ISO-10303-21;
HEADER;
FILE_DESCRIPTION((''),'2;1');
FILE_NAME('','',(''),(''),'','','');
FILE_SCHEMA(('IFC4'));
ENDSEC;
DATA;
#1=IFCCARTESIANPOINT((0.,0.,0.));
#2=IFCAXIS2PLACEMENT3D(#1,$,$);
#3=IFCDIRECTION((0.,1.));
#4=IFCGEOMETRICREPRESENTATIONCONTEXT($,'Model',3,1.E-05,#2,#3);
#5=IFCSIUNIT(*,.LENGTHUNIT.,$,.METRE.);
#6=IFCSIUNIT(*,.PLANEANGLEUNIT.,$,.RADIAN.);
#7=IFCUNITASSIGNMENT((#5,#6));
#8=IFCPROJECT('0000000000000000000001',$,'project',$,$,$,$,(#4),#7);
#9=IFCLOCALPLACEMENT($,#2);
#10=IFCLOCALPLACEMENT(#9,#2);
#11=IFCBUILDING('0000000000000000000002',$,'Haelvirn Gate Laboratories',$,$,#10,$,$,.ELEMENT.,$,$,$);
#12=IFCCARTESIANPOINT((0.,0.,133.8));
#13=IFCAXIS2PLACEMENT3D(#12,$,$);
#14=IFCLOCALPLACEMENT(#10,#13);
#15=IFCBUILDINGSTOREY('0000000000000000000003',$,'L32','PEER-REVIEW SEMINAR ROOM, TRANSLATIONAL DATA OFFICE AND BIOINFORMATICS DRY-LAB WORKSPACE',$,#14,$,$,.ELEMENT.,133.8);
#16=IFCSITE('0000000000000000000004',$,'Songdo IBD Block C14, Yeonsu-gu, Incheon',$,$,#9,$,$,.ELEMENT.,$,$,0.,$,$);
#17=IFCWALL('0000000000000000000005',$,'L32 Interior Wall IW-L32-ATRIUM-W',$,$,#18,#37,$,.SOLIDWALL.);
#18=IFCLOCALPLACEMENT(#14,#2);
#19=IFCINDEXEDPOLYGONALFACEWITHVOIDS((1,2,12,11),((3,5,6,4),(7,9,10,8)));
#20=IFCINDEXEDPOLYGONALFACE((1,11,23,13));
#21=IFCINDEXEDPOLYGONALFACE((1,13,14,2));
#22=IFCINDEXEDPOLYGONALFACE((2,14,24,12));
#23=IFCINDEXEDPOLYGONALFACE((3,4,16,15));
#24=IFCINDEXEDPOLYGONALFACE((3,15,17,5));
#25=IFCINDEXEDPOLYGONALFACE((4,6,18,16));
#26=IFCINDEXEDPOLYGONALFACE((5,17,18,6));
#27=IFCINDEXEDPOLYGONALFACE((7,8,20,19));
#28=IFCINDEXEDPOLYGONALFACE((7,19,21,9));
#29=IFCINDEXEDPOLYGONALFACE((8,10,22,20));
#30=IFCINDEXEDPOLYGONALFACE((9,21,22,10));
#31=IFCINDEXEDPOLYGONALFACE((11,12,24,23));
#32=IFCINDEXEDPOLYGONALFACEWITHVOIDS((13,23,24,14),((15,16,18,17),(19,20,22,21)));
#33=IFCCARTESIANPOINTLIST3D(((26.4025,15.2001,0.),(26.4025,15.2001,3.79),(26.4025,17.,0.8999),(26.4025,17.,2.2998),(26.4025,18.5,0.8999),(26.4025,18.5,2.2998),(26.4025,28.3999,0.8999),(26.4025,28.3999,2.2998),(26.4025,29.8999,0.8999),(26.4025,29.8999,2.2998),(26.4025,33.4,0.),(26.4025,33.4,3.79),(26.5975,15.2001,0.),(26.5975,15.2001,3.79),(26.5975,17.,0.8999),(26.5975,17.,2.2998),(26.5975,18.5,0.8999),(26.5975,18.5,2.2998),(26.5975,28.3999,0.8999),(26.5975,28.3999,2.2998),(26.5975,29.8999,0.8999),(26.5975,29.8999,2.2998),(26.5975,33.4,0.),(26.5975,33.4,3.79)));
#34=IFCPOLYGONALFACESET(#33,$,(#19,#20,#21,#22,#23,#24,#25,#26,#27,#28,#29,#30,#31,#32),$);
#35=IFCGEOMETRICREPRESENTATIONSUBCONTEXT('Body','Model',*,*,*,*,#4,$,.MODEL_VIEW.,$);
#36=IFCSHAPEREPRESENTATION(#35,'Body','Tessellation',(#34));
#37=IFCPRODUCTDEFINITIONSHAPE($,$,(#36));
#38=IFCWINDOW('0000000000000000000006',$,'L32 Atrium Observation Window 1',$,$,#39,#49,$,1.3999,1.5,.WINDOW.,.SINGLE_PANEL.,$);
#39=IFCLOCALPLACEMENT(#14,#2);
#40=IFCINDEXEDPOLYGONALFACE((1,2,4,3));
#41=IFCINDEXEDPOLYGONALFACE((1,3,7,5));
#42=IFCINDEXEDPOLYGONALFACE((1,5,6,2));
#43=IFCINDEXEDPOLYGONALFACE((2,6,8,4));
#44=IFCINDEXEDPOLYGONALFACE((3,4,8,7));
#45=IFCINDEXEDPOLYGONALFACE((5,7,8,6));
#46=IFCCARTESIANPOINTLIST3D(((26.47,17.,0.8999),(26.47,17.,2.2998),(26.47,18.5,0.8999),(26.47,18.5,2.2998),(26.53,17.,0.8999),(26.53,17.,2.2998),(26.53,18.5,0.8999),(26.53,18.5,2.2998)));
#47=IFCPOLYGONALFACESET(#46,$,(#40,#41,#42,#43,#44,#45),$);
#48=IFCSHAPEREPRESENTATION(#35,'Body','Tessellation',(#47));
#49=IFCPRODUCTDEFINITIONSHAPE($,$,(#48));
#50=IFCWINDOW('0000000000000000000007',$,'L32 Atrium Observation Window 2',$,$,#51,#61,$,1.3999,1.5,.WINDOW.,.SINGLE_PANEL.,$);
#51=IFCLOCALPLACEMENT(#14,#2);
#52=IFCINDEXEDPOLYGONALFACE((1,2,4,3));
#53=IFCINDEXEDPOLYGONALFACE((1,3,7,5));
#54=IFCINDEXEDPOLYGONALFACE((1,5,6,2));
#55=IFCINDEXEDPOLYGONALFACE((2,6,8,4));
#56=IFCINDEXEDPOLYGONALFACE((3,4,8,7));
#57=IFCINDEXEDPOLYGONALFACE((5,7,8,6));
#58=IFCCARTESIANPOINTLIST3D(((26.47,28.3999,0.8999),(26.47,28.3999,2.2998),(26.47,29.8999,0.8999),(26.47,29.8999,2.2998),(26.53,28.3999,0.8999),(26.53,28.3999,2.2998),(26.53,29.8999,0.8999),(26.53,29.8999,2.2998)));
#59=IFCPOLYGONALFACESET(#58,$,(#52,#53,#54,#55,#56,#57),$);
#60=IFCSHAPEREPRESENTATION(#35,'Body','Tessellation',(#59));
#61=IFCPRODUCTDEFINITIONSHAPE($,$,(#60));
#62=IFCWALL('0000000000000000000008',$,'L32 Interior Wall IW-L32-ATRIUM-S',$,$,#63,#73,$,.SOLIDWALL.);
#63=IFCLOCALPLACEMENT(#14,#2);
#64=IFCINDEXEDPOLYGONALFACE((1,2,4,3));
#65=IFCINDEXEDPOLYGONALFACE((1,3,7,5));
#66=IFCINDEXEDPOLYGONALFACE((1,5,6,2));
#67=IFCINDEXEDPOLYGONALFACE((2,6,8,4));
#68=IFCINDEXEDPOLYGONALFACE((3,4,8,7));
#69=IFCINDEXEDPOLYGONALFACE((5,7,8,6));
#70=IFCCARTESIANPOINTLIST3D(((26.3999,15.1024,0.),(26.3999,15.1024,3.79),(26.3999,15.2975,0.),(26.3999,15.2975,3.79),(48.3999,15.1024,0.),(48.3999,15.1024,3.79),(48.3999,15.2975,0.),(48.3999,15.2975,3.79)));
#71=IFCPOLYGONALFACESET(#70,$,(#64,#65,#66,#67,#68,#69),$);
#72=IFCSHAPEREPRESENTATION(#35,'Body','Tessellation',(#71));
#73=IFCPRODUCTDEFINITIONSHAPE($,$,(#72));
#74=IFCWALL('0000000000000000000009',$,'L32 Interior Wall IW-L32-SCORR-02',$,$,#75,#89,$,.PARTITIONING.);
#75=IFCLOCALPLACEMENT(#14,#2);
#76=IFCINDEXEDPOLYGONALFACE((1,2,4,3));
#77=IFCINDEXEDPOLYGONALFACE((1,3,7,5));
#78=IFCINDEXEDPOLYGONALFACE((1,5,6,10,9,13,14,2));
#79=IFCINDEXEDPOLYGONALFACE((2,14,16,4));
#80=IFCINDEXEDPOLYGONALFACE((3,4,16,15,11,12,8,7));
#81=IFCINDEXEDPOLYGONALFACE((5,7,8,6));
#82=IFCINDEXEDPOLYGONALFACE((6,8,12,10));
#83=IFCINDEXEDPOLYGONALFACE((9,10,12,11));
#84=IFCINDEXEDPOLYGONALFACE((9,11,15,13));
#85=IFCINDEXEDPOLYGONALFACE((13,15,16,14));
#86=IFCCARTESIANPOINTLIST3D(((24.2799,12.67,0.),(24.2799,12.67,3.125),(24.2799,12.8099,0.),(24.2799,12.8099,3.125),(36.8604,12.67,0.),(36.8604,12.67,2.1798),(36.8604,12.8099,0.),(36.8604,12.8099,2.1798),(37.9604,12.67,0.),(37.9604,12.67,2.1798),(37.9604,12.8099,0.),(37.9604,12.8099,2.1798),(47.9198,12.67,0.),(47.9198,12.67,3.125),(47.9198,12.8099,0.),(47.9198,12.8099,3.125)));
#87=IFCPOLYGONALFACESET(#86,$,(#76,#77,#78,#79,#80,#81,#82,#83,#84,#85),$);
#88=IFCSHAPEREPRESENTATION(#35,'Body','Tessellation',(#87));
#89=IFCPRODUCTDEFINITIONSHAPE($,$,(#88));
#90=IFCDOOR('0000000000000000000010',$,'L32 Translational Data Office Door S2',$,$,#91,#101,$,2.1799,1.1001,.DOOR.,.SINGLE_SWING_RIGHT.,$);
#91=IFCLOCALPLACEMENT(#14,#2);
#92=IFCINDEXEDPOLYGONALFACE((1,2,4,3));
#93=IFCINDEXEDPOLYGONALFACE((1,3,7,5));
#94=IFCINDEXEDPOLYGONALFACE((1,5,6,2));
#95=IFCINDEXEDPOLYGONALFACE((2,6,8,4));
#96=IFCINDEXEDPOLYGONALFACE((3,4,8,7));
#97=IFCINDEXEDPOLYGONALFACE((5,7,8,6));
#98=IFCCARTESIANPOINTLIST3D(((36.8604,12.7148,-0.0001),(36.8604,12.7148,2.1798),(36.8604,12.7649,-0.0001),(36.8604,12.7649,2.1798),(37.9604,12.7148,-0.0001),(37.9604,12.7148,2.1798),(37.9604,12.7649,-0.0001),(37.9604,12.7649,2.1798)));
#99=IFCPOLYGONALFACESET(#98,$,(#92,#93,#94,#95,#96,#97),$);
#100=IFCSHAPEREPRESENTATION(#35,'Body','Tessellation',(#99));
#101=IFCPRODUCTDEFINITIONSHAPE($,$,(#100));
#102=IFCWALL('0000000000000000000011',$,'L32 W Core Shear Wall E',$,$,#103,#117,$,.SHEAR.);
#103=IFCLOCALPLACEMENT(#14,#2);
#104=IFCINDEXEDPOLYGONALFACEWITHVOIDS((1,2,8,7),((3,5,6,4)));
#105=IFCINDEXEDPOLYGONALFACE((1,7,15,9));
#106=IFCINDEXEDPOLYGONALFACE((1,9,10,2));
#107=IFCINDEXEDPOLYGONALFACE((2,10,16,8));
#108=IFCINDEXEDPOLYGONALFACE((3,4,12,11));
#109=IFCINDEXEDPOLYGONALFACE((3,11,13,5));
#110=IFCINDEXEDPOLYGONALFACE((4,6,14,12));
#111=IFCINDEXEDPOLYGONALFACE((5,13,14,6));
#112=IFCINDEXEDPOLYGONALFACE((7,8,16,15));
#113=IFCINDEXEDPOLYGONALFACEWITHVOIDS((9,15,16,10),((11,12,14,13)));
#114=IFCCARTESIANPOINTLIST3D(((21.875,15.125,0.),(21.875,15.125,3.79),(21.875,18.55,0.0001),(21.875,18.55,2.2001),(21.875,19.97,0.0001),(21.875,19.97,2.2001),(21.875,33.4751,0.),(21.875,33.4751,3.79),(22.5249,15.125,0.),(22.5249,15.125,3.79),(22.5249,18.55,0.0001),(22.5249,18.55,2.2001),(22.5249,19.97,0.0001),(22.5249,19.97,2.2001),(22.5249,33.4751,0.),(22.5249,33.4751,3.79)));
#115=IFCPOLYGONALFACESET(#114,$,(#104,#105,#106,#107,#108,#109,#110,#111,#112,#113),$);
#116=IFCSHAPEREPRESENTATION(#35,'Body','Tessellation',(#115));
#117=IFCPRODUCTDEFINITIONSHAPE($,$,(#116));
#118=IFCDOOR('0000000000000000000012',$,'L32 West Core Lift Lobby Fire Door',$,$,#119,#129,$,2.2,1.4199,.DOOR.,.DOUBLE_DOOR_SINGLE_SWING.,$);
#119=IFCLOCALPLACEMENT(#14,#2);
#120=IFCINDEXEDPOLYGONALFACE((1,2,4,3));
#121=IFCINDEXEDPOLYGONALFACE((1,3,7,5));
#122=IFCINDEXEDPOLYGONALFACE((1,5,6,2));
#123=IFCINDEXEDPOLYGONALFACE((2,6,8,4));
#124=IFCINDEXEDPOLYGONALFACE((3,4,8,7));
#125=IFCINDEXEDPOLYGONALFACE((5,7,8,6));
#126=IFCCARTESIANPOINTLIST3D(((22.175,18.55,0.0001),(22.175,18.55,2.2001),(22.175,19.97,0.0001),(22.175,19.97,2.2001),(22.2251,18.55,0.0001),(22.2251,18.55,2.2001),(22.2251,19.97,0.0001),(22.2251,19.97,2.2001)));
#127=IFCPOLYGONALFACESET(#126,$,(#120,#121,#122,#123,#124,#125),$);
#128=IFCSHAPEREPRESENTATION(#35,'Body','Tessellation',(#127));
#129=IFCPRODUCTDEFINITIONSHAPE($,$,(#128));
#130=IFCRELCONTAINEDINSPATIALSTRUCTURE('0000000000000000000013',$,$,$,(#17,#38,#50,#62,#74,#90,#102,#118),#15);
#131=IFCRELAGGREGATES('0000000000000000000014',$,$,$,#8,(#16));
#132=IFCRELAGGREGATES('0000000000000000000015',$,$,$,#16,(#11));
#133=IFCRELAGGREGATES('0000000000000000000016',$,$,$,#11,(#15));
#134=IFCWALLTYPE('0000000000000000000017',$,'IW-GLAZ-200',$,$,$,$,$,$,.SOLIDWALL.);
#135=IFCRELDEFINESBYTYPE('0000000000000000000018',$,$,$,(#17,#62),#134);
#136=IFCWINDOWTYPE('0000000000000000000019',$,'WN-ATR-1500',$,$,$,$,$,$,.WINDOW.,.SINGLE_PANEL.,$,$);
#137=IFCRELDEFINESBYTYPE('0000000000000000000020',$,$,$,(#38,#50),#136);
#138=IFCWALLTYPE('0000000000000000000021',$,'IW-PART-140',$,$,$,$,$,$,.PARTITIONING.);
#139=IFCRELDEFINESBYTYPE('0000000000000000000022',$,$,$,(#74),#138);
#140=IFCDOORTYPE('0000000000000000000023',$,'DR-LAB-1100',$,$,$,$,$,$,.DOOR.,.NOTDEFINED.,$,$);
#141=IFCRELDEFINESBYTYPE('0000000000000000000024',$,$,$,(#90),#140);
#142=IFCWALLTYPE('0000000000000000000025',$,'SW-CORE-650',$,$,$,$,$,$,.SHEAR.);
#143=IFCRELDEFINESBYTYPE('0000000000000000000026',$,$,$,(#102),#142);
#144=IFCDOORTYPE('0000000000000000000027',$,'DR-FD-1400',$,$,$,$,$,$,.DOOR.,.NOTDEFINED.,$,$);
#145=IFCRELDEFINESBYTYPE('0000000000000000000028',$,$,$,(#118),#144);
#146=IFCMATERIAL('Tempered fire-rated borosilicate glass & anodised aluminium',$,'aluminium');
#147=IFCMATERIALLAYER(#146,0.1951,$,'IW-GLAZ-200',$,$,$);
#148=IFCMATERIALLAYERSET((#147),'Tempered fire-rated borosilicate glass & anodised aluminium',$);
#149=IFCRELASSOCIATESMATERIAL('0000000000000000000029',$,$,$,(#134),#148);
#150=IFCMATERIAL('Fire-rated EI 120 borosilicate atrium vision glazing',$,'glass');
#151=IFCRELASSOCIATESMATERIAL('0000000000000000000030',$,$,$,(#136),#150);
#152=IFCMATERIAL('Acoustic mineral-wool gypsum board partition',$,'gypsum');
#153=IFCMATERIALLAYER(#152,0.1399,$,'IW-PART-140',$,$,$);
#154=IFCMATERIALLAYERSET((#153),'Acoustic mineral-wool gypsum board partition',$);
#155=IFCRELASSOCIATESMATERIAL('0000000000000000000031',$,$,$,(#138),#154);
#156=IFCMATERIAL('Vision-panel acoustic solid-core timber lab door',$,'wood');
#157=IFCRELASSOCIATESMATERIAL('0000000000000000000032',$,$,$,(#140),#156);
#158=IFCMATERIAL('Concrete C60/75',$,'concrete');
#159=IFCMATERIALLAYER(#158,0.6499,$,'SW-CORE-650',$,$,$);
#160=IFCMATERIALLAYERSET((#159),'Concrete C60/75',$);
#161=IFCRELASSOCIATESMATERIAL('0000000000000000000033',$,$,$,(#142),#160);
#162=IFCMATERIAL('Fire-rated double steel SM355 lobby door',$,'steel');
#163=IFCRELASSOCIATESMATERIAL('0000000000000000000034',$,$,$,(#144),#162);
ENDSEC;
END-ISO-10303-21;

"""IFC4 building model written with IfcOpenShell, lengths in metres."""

from ifc_helpers import new_model, si_unit, direction, frame, frame_2d, origin, place, context, subcontext, project, spatial, rectangle, extrude, source, transform, mapped, material, layer, layer_set, type_object, type_shapes, element, fill, save


model = new_model("IFC4")

# Units and contexts
model_context = context("Model", 3, precision=1e-05, world=origin(), true_north=direction((0.0, 1.0)))
body_context = subcontext(model_context, "Body", "Model", "MODEL_VIEW")
ifc_project = project(units=[si_unit("LENGTHUNIT", "METRE"), si_unit("PLANEANGLEUNIT", "RADIAN")], contexts=[model_context])

# Site, building, storey
site_placement = place(None, origin())
site = spatial("IfcSite", under=ifc_project, at=site_placement, Name="Songdo IBD Block C14, Yeonsu-gu, Incheon", CompositionType="ELEMENT", RefElevation=0.0)
building_placement = place(site_placement, origin())
building = spatial("IfcBuilding", under=site, at=building_placement, Name="Haelvirn Gate Laboratories", CompositionType="ELEMENT")
storey_placement = place(building_placement, frame((0.0, 0.0, 133.8)))
storey = spatial("IfcBuildingStorey", under=building, at=storey_placement, Name="L32", Description="PEER-REVIEW SEMINAR ROOM, TRANSLATIONAL DATA OFFICE AND BIOINFORMATICS DRY-LAB WORKSPACE", CompositionType="ELEMENT", Elevation=133.8)

# Shared definitions
ifc_material_1 = material(Name="Concrete C60/75", Category="concrete")

# Wall, openings, windows
ifc_material_2 = material(Name="Tempered fire-rated borosilicate glass & anodised aluminium", Category="aluminium")
ifc_layer_1 = layer(ifc_material_2, 0.1951, Name="IW-GLAZ-200")
ifc_layer_set_1 = layer_set([ifc_layer_1], Name="Tempered fire-rated borosilicate glass & anodised aluminium")
wall_type_1 = type_object("IfcWallType", Name="IW-GLAZ-200", PredefinedType="SOLIDWALL", material=ifc_layer_set_1)
wall_1_placement = place(storey_placement, frame((26.5, 15.2, 0.0), z_axis=(0.0, 0.0, 1.0), x_axis=(0.0, 1.0, 0.0)))
wall_1 = element("IfcWall", 1, at=wall_1_placement, inside=storey, type_object=wall_type_1, Name="L32 Interior Wall IW-L32-ATRIUM-W", PredefinedType="SOLIDWALL", context=body_context, shape_type="SweptSolid", body=[
    extrude(rectangle(XDim=18.2, YDim=0.1951, at=frame_2d((9.1001, 0.0))), origin(), (0.0, 0.0, 1.0), 3.79),
])
opening_1_placement = place(wall_1_placement, frame((1.8, 0.0, 0.8999)))
opening_1 = element("IfcOpeningElement", 2, at=opening_1_placement, cuts=wall_1, PredefinedType="OPENING", context=body_context, shape_type="SweptSolid", body=[
    extrude(rectangle(XDim=1.5, YDim=1.3999, at=frame_2d((0.75, 0.7))), frame((0.0, 0.1074, 0.0), z_axis=(0.0, -1.0, 0.0), x_axis=(1.0, 0.0, 0.0)), (0.0, 0.0, 1.0), 0.2151),
])
opening_2_placement = place(wall_1_placement, frame((13.2, 0.0, 0.8999)))
opening_2 = element("IfcOpeningElement", 3, at=opening_2_placement, cuts=wall_1, PredefinedType="OPENING", context=body_context, shape_type="SweptSolid", body=[
    extrude(rectangle(XDim=1.5, YDim=1.3999, at=frame_2d((0.75, 0.7))), frame((0.0, 0.1074, 0.0), z_axis=(0.0, -1.0, 0.0), x_axis=(1.0, 0.0, 0.0)), (0.0, 0.0, 1.0), 0.2151),
])
ifc_material_3 = material(Name="Fire-rated EI 120 borosilicate atrium vision glazing", Category="glass")
window_type = type_object("IfcWindowType", Name="WN-ATR-1500", PartitioningType="SINGLE_PANEL", PredefinedType="WINDOW", material=ifc_material_3)
shared_shape_1 = source(origin(), body_context, "Body", "SweptSolid", [
    extrude(rectangle(XDim=1.5, YDim=1.3999, at=frame_2d((0.75, 0.7))), frame((0.0, 0.03, 0.0), z_axis=(0.0, -1.0, 0.0), x_axis=(1.0, 0.0, 0.0)), (0.0, 0.0, 1.0), 0.0601),
])
type_shapes(window_type, [shared_shape_1])
window_1_placement = place(opening_1_placement, origin())
window_1 = element("IfcWindow", 4, at=window_1_placement, inside=storey, type_object=window_type, Name="L32 Atrium Observation Window 1", OverallHeight=1.3999, OverallWidth=1.5, PartitioningType="SINGLE_PANEL", PredefinedType="WINDOW", context=body_context, shape_type="MappedRepresentation", body=[
    mapped(shared_shape_1, transform((0.0, 0.0, 0.0), scale=1.0)),
])
fill(opening_1, window_1)
window_2_placement = place(opening_2_placement, origin())
window_2 = element("IfcWindow", 5, at=window_2_placement, inside=storey, type_object=window_type, Name="L32 Atrium Observation Window 2", OverallHeight=1.3999, OverallWidth=1.5, PartitioningType="SINGLE_PANEL", PredefinedType="WINDOW", context=body_context, shape_type="MappedRepresentation", body=[
    mapped(shared_shape_1, transform((0.0, 0.0, 0.0), scale=1.0)),
])
fill(opening_2, window_2)

# Wall
wall_2_placement = place(storey_placement, frame((26.3999, 15.2, 0.0), z_axis=(0.0, 0.0, 1.0), x_axis=(1.0, 0.0, 0.0)))
element("IfcWall", 6, at=wall_2_placement, inside=storey, type_object=wall_type_1, Name="L32 Interior Wall IW-L32-ATRIUM-S", PredefinedType="SOLIDWALL", context=body_context, shape_type="SweptSolid", body=[
    extrude(rectangle(XDim=22.0, YDim=0.1951, at=frame_2d((11.0, 0.0))), origin(), (0.0, 0.0, 1.0), 3.79),
])

# Walls, openings, doors
ifc_material_4 = material(Name="Acoustic mineral-wool gypsum board partition", Category="gypsum")
ifc_layer_2 = layer(ifc_material_4, 0.1399, Name="IW-PART-140")
ifc_layer_set_2 = layer_set([ifc_layer_2], Name="Acoustic mineral-wool gypsum board partition")
wall_type_2 = type_object("IfcWallType", Name="IW-PART-140", PredefinedType="PARTITIONING", material=ifc_layer_set_2)
wall_3_placement = place(storey_placement, frame((24.28, 12.74, 0.0), z_axis=(0.0, 0.0, 1.0), x_axis=(1.0, 0.0, 0.0)))
wall_3 = element("IfcWall", 7, at=wall_3_placement, inside=storey, type_object=wall_type_2, Name="L32 Interior Wall IW-L32-SCORR-02", PredefinedType="PARTITIONING", context=body_context, shape_type="SweptSolid", body=[
    extrude(rectangle(XDim=23.6399, YDim=0.1399, at=frame_2d((11.8198, 0.0))), origin(), (0.0, 0.0, 1.0), 3.125),
])
opening_3_placement = place(wall_3_placement, frame((12.5803, 0.0, 0.0)))
opening_3 = element("IfcOpeningElement", 8, at=opening_3_placement, cuts=wall_3, PredefinedType="OPENING", context=body_context, shape_type="SweptSolid", body=[
    extrude(rectangle(XDim=1.1001, YDim=2.1799, at=frame_2d((0.55, 1.0898))), frame((0.0, 0.0801, 0.0), z_axis=(0.0, -1.0, 0.0), x_axis=(1.0, 0.0, 0.0)), (0.0, 0.0, 1.0), 0.1599),
])
ifc_material_5 = material(Name="Vision-panel acoustic solid-core timber lab door", Category="wood")
door_type_1 = type_object("IfcDoorType", Name="DR-LAB-1100", OperationType="NOTDEFINED", PredefinedType="DOOR", material=ifc_material_5)
shared_shape_2 = source(origin(), body_context, "Body", "SweptSolid", [
    extrude(rectangle(XDim=1.1001, YDim=2.1799, at=frame_2d((0.55, 1.0898))), frame((0.0, 0.0249, 0.0), z_axis=(0.0, -1.0, 0.0), x_axis=(1.0, 0.0, 0.0)), (0.0, 0.0, 1.0), 0.05),
])
type_shapes(door_type_1, [shared_shape_2])
door_1_placement = place(opening_3_placement, origin())
door_1 = element("IfcDoor", 9, at=door_1_placement, inside=storey, type_object=door_type_1, Name="L32 Translational Data Office Door S2", OperationType="SINGLE_SWING_RIGHT", OverallHeight=2.1799, OverallWidth=1.1001, PredefinedType="DOOR", context=body_context, shape_type="MappedRepresentation", body=[
    mapped(shared_shape_2, transform((0.0, 0.0, 0.0), scale=1.0)),
])
fill(opening_3, door_1)
ifc_layer_3 = layer(ifc_material_1, 0.6499, Name="SW-CORE-650")
ifc_layer_set_3 = layer_set([ifc_layer_3], Name="Concrete C60/75")
wall_type_3 = type_object("IfcWallType", Name="SW-CORE-650", PredefinedType="SHEAR", material=ifc_layer_set_3)
wall_4_placement = place(storey_placement, frame((22.2, 15.125, 0.0), z_axis=(0.0, 0.0, 1.0), x_axis=(0.0, 1.0, 0.0)))
wall_4 = element("IfcWall", 10, at=wall_4_placement, inside=storey, type_object=wall_type_3, Name="L32 W Core Shear Wall E", PredefinedType="SHEAR", context=body_context, shape_type="SweptSolid", body=[
    extrude(rectangle(XDim=18.3501, YDim=0.6499, at=frame_2d((9.175, 0.0))), origin(), (0.0, 0.0, 1.0), 3.79),
])
opening_4_placement = place(wall_4_placement, frame((3.425, 0.0, 0.0)))
opening_4 = element("IfcOpeningElement", 11, at=opening_4_placement, cuts=wall_4, PredefinedType="OPENING", context=body_context, shape_type="SweptSolid", body=[
    extrude(rectangle(XDim=1.4199, YDim=2.2, at=frame_2d((0.71, 1.1001))), frame((0.0, 0.335, 0.0), z_axis=(0.0, -1.0, 0.0), x_axis=(1.0, 0.0, 0.0)), (0.0, 0.0, 1.0), 0.6699),
])
ifc_material_6 = material(Name="Fire-rated double steel SM355 lobby door", Category="steel")
door_type_2 = type_object("IfcDoorType", Name="DR-FD-1400", OperationType="NOTDEFINED", PredefinedType="DOOR", material=ifc_material_6)
shared_shape_3 = source(origin(), body_context, "Body", "SweptSolid", [
    extrude(rectangle(XDim=1.4199, YDim=2.2, at=frame_2d((0.71, 1.1001))), frame((0.0, 0.0249, 0.0), z_axis=(0.0, -1.0, 0.0), x_axis=(1.0, 0.0, 0.0)), (0.0, 0.0, 1.0), 0.05),
])
type_shapes(door_type_2, [shared_shape_3])
door_2_placement = place(opening_4_placement, origin())
door_2 = element("IfcDoor", 12, at=door_2_placement, inside=storey, type_object=door_type_2, Name="L32 West Core Lift Lobby Fire Door", OperationType="DOUBLE_DOOR_SINGLE_SWING", OverallHeight=2.2, OverallWidth=1.4199, PredefinedType="DOOR", context=body_context, shape_type="MappedRepresentation", body=[
    mapped(shared_shape_3, transform((0.0, 0.0, 0.0), scale=1.0)),
])
fill(opening_4, door_2)

save(model, "model.ifc")
